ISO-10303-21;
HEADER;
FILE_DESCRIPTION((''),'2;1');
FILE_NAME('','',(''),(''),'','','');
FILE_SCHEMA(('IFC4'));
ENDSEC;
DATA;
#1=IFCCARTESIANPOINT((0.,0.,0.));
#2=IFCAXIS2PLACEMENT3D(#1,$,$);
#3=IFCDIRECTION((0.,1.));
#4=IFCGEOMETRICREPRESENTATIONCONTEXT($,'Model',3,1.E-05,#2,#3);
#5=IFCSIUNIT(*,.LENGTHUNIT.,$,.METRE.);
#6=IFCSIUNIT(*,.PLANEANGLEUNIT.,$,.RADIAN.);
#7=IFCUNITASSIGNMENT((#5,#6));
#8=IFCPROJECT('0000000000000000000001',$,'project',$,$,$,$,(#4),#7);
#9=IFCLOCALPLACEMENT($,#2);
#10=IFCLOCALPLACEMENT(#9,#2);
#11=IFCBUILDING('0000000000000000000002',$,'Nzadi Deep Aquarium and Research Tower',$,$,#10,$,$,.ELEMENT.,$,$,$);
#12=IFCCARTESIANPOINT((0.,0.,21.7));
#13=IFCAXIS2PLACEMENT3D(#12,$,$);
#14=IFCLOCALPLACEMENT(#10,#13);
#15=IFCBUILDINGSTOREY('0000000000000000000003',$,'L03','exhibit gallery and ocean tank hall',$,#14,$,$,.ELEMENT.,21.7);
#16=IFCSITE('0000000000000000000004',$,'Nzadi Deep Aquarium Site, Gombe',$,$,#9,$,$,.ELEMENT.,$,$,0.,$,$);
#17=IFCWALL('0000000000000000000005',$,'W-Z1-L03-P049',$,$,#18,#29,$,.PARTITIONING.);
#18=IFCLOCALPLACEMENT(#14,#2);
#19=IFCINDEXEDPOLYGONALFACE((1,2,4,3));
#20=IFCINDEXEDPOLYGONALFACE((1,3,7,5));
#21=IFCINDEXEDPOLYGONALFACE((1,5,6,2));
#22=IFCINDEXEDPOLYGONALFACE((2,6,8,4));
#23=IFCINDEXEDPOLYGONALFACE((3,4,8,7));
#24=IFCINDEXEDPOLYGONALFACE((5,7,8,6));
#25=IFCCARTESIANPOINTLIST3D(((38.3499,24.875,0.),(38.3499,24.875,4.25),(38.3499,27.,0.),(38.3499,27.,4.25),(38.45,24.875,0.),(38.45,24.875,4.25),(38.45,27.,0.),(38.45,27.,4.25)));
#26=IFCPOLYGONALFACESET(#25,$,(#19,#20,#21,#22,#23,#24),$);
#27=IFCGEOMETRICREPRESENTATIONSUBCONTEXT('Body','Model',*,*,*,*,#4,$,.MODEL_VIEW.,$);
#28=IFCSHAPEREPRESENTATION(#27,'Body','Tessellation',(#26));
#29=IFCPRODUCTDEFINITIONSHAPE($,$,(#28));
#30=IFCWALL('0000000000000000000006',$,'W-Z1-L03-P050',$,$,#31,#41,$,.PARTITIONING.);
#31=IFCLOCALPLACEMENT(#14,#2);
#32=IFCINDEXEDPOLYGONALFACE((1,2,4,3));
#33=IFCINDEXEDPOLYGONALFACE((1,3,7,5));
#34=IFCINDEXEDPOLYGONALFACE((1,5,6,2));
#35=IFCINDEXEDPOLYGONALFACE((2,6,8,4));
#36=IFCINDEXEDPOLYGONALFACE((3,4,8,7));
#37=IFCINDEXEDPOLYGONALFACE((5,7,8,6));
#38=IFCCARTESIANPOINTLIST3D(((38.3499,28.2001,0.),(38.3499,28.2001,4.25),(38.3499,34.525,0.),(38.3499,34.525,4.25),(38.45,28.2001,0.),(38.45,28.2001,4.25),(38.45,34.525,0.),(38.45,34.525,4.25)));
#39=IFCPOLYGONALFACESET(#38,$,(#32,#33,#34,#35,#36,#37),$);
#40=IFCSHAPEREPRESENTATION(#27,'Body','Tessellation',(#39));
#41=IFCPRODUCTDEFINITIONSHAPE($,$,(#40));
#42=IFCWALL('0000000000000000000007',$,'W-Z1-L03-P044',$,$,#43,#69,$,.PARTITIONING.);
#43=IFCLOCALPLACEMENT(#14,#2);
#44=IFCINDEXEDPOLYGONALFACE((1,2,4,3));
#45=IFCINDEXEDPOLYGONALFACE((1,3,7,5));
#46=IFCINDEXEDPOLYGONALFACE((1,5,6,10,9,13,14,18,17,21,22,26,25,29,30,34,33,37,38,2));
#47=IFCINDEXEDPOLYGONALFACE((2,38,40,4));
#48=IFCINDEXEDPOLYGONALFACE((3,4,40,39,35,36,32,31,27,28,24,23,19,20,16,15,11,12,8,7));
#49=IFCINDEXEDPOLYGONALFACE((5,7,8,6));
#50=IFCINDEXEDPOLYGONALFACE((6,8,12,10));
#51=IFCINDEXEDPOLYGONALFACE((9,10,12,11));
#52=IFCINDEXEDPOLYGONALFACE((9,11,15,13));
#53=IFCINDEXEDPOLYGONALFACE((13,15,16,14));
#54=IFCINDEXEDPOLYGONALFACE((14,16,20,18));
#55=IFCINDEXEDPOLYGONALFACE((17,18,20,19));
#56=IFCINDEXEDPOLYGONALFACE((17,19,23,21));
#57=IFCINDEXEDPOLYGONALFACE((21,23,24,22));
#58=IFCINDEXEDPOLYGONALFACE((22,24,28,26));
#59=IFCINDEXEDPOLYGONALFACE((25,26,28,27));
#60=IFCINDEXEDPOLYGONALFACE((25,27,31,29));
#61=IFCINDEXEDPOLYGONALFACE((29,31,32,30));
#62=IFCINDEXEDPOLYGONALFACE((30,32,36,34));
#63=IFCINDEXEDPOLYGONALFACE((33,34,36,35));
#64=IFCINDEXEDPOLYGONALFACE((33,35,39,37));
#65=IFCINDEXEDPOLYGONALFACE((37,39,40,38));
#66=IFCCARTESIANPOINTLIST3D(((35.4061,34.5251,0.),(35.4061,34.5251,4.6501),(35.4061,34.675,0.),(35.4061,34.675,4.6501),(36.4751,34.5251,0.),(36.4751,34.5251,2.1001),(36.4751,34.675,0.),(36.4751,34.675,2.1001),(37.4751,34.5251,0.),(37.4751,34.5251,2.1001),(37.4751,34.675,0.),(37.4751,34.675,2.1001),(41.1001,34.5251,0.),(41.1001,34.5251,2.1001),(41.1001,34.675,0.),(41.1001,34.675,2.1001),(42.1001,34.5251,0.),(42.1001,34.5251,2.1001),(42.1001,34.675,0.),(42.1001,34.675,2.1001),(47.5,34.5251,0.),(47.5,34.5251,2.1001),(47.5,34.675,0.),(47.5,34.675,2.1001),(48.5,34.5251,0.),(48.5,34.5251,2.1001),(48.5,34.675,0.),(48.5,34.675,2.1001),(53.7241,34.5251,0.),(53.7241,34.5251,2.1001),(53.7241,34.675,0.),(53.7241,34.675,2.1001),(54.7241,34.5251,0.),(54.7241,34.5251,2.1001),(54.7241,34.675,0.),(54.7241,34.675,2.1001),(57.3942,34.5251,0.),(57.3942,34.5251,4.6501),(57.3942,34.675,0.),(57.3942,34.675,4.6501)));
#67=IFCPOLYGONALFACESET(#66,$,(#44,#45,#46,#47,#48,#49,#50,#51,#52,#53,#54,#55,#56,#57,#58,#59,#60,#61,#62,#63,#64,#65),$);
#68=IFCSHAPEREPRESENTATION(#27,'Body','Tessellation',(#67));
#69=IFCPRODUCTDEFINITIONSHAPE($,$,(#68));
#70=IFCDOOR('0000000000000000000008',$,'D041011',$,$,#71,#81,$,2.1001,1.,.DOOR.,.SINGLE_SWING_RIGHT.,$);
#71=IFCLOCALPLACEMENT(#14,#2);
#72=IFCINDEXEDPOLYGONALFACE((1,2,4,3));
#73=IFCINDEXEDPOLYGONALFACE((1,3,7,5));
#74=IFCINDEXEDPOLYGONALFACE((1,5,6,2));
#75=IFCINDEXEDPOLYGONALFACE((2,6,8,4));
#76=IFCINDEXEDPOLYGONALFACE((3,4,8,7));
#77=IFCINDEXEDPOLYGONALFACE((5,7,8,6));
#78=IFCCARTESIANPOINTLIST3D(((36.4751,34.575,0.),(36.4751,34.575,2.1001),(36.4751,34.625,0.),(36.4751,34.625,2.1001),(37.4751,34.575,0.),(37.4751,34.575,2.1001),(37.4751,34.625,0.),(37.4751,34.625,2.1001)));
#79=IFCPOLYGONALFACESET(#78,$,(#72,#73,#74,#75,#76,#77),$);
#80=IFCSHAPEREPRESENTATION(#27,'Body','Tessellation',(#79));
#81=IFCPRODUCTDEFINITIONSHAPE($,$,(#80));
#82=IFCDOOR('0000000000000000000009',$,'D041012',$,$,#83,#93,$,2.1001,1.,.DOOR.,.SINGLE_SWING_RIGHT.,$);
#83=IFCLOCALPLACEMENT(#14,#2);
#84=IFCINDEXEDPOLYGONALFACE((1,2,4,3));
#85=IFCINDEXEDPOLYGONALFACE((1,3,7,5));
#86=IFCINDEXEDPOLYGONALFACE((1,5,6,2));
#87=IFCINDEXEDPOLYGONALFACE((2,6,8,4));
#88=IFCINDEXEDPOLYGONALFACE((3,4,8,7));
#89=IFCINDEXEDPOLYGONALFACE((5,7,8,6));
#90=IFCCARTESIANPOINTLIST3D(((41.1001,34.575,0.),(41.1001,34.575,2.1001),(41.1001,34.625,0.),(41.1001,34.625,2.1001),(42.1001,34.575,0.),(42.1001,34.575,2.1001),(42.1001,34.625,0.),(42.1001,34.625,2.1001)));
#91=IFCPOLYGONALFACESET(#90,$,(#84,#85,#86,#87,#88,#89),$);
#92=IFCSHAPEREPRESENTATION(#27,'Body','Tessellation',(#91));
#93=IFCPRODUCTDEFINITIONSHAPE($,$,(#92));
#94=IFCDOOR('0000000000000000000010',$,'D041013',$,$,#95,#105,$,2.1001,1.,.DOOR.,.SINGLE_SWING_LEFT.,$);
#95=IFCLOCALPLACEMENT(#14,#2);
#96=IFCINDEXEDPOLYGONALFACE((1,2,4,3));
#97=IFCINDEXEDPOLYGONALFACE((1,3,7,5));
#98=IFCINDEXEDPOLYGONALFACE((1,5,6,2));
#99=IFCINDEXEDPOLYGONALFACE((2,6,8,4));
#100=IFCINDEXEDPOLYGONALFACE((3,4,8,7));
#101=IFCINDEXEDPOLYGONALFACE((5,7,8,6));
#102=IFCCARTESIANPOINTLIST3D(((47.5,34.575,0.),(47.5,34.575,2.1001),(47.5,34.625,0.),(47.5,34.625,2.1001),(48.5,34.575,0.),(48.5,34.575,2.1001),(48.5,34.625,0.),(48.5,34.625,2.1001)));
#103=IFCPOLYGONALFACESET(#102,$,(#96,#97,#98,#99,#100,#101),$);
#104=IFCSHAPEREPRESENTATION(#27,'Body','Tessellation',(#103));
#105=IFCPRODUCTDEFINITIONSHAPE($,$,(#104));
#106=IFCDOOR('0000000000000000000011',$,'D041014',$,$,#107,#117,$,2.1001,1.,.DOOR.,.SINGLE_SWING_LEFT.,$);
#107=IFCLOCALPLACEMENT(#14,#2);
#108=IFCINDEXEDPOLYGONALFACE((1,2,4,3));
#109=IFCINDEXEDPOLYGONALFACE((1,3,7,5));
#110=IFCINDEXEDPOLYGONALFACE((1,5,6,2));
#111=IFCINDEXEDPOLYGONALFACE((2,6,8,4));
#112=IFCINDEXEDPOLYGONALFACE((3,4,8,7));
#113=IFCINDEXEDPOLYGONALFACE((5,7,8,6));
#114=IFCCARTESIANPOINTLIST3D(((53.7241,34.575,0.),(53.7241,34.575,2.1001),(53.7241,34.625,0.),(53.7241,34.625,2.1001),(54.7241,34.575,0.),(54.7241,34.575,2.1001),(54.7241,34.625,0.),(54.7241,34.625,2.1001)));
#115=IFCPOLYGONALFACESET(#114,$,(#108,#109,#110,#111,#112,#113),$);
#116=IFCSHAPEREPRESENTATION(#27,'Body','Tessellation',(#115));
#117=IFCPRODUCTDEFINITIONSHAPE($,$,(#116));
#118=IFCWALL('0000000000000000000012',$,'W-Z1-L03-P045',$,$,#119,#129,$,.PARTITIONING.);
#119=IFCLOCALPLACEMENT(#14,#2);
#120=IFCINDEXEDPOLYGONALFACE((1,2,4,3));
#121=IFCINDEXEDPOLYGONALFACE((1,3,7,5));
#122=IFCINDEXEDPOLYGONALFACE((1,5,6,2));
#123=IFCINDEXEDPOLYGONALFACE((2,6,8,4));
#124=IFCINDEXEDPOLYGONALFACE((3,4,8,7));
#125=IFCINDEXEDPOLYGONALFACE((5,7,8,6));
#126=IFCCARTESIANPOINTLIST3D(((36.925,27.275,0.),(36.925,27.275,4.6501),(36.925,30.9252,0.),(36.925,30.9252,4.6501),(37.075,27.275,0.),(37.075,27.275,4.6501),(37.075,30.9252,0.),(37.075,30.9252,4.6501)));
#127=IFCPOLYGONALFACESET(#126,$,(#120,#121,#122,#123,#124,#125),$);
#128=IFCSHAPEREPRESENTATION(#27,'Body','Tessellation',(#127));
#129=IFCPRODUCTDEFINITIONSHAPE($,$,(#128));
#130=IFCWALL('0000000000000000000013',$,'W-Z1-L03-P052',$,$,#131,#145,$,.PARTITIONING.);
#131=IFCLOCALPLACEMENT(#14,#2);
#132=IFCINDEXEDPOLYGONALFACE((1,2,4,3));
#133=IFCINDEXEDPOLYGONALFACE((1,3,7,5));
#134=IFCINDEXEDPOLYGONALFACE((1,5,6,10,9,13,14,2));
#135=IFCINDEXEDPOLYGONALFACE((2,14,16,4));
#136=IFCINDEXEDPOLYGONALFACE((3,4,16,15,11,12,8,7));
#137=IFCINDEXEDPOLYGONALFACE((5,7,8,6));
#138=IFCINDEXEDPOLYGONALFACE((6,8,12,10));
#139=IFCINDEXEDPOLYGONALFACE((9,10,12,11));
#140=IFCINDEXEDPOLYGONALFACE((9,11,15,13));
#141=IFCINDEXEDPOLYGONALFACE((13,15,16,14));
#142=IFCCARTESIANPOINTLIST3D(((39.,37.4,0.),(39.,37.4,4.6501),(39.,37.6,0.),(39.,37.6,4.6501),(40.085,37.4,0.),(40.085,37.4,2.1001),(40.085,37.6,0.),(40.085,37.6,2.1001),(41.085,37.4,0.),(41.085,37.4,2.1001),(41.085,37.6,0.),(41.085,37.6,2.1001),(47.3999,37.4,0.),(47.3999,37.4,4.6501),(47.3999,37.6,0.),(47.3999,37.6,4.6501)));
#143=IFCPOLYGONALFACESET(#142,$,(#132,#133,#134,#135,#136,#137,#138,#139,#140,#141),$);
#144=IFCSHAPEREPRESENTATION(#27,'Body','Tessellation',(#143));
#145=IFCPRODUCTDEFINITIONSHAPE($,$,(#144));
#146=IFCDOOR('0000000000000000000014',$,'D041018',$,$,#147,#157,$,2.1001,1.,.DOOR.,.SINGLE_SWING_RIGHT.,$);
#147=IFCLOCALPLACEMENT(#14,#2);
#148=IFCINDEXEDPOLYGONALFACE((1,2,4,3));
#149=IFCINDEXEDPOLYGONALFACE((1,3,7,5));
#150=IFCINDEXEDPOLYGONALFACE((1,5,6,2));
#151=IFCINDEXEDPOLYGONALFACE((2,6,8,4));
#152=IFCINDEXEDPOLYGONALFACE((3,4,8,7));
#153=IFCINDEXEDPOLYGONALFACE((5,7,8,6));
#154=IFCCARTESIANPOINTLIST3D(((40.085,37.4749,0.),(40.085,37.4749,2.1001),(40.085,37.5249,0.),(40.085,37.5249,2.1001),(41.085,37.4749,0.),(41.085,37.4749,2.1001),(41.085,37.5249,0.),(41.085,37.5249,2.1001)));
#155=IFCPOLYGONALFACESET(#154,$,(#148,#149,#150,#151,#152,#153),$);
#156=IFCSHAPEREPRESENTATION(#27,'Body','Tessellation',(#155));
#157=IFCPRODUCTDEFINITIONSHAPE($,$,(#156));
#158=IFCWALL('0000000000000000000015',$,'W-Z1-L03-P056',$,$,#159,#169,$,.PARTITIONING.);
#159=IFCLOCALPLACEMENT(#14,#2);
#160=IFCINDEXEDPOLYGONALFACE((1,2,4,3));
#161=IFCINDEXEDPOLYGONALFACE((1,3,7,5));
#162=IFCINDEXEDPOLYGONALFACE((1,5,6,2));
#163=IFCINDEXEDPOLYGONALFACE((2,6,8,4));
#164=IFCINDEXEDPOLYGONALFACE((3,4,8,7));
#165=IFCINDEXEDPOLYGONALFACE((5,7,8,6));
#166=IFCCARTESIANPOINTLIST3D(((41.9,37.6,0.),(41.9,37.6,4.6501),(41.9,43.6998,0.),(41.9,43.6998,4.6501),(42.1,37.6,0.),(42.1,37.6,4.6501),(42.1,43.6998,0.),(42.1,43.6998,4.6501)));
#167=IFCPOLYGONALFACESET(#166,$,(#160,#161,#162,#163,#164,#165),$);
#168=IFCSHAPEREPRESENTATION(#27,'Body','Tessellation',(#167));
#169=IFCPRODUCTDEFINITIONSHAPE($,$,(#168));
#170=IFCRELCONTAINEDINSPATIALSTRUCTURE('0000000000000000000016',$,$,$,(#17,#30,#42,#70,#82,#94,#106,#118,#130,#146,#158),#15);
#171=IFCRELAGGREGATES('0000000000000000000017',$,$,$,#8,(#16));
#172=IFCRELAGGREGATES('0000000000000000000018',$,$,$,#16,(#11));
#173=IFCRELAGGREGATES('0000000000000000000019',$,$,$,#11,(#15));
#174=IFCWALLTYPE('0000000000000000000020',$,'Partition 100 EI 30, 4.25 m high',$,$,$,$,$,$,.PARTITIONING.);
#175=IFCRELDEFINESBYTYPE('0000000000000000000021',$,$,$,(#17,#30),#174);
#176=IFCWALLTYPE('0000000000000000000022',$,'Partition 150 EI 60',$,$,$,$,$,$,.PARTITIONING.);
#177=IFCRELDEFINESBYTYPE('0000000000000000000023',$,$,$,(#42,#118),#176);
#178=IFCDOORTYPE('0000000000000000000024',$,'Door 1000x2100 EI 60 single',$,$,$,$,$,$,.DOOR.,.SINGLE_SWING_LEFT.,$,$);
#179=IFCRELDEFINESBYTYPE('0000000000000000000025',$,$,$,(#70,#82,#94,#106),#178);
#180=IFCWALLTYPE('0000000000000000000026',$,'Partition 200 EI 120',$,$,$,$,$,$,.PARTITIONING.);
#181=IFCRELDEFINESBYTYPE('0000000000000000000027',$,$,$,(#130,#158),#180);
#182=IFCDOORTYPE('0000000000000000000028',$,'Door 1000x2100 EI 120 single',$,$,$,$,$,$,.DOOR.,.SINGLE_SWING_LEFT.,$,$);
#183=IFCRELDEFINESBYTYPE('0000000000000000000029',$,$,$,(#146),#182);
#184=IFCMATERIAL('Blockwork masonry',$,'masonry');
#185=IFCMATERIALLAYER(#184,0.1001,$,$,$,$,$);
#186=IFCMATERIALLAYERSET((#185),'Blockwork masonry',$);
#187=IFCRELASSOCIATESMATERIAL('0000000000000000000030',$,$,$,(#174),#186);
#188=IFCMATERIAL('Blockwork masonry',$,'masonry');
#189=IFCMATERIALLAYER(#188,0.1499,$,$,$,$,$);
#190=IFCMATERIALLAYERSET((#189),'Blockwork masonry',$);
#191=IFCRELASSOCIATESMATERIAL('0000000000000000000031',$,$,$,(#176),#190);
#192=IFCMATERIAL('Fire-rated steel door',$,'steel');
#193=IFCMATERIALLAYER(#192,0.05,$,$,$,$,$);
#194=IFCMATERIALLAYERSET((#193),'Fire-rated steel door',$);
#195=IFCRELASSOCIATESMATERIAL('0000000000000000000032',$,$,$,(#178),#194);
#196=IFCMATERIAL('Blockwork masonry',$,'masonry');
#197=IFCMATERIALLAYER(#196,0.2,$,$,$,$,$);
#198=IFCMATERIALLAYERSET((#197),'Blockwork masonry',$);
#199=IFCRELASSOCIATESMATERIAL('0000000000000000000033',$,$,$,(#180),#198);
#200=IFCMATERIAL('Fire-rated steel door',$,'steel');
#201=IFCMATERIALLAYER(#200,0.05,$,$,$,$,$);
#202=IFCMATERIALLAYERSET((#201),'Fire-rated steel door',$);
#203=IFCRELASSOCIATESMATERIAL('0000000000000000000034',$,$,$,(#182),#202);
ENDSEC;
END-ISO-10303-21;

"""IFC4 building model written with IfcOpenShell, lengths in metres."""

from ifc_helpers import new_model, si_unit, direction, frame, frame_2d, origin, place, context, subcontext, project, spatial, rectangle, extrude, material, layer, layer_set, type_object, element, fill, save


model = new_model("IFC4")

# Units and contexts
model_context = context("Model", 3, precision=1e-05, world=origin(), true_north=direction((0.0, 1.0)))
body_context = subcontext(model_context, "Body", "Model", "MODEL_VIEW")
ifc_project = project(units=[si_unit("LENGTHUNIT", "METRE"), si_unit("PLANEANGLEUNIT", "RADIAN")], contexts=[model_context])

# Site, building, storey
site_placement = place(None, origin())
site = spatial("IfcSite", under=ifc_project, at=site_placement, Name="Nzadi Deep Aquarium Site, Gombe", CompositionType="ELEMENT", RefElevation=0.0)
building_placement = place(site_placement, origin())
building = spatial("IfcBuilding", under=site, at=building_placement, Name="Nzadi Deep Aquarium and Research Tower", CompositionType="ELEMENT")
storey_placement = place(building_placement, frame((0.0, 0.0, 21.7)))
storey = spatial("IfcBuildingStorey", under=building, at=storey_placement, Name="L03", Description="exhibit gallery and ocean tank hall", CompositionType="ELEMENT", Elevation=21.7)

# Walls
ifc_material_1 = material(Name="Blockwork masonry", Category="masonry")
ifc_layer_1 = layer(ifc_material_1, 0.1001)
ifc_layer_set_1 = layer_set([ifc_layer_1], Name="Blockwork masonry")
wall_type_1 = type_object("IfcWallType", Name="Partition 100 EI 30, 4.25 m high", PredefinedType="PARTITIONING", material=ifc_layer_set_1)
wall_1_placement = place(storey_placement, frame((38.3999, 24.875, 0.0), z_axis=(0.0, 0.0, 1.0), x_axis=(0.0, 1.0, 0.0)))
element("IfcWall", 1, at=wall_1_placement, inside=storey, type_object=wall_type_1, Name="W-Z1-L03-P049", PredefinedType="PARTITIONING", context=body_context, shape_type="SweptSolid", body=[
    extrude(rectangle(XDim=2.125, YDim=0.1001, at=frame_2d((1.0625, 0.0))), origin(), (0.0, 0.0, 1.0), 4.25),
])
wall_2_placement = place(storey_placement, frame((38.3999, 28.2, 0.0), z_axis=(0.0, 0.0, 1.0), x_axis=(0.0, 1.0, 0.0)))
element("IfcWall", 2, at=wall_2_placement, inside=storey, type_object=wall_type_1, Name="W-Z1-L03-P050", PredefinedType="PARTITIONING", context=body_context, shape_type="SweptSolid", body=[
    extrude(rectangle(XDim=6.325, YDim=0.1001, at=frame_2d((3.1626, 0.0))), origin(), (0.0, 0.0, 1.0), 4.25),
])

# Wall, openings, doors
ifc_material_2 = material(Name="Blockwork masonry", Category="masonry")
ifc_layer_2 = layer(ifc_material_2, 0.1499)
ifc_layer_set_2 = layer_set([ifc_layer_2], Name="Blockwork masonry")
wall_type_2 = type_object("IfcWallType", Name="Partition 150 EI 60", PredefinedType="PARTITIONING", material=ifc_layer_set_2)
wall_3_placement = place(storey_placement, frame((35.406, 34.6001, 0.0), z_axis=(0.0, 0.0, 1.0), x_axis=(1.0, 0.0, 0.0)))
wall_3 = element("IfcWall", 3, at=wall_3_placement, inside=storey, type_object=wall_type_2, Name="W-Z1-L03-P044", PredefinedType="PARTITIONING", context=body_context, shape_type="SweptSolid", body=[
    extrude(rectangle(XDim=21.988, YDim=0.1499, at=frame_2d((10.9941, 0.0))), origin(), (0.0, 0.0, 1.0), 4.6501),
])
opening_1_placement = place(wall_3_placement, frame((1.0691, 0.0, 0.0)))
opening_1 = element("IfcOpeningElement", 4, at=opening_1_placement, cuts=wall_3, PredefinedType="OPENING", context=body_context, shape_type="SweptSolid", body=[
    extrude(rectangle(XDim=1.0, YDim=2.1001, at=frame_2d((0.5, 1.05))), frame((0.0, 0.085, 0.0), z_axis=(0.0, -1.0, 0.0), x_axis=(1.0, 0.0, 0.0)), (0.0, 0.0, 1.0), 0.1699),
])
opening_2_placement = place(wall_3_placement, frame((5.6941, 0.0, 0.0)))
opening_2 = element("IfcOpeningElement", 5, at=opening_2_placement, cuts=wall_3, PredefinedType="OPENING", context=body_context, shape_type="SweptSolid", body=[
    extrude(rectangle(XDim=1.0, YDim=2.1001, at=frame_2d((0.5, 1.05))), frame((0.0, 0.085, 0.0), z_axis=(0.0, -1.0, 0.0), x_axis=(1.0, 0.0, 0.0)), (0.0, 0.0, 1.0), 0.1699),
])
opening_3_placement = place(wall_3_placement, frame((12.094, 0.0, 0.0)))
opening_3 = element("IfcOpeningElement", 6, at=opening_3_placement, cuts=wall_3, PredefinedType="OPENING", context=body_context, shape_type="SweptSolid", body=[
    extrude(rectangle(XDim=1.0, YDim=2.1001, at=frame_2d((0.5, 1.05))), frame((0.0, 0.085, 0.0), z_axis=(0.0, -1.0, 0.0), x_axis=(1.0, 0.0, 0.0)), (0.0, 0.0, 1.0), 0.1699),
])
opening_4_placement = place(wall_3_placement, frame((18.3181, 0.0, 0.0)))
opening_4 = element("IfcOpeningElement", 7, at=opening_4_placement, cuts=wall_3, PredefinedType="OPENING", context=body_context, shape_type="SweptSolid", body=[
    extrude(rectangle(XDim=1.0, YDim=2.1001, at=frame_2d((0.5, 1.05))), frame((0.0, 0.085, 0.0), z_axis=(0.0, -1.0, 0.0), x_axis=(1.0, 0.0, 0.0)), (0.0, 0.0, 1.0), 0.1699),
])
ifc_material_3 = material(Name="Fire-rated steel door", Category="steel")
ifc_layer_3 = layer(ifc_material_3, 0.05)
ifc_layer_set_3 = layer_set([ifc_layer_3], Name="Fire-rated steel door")
door_type_1 = type_object("IfcDoorType", Name="Door 1000x2100 EI 60 single", OperationType="SINGLE_SWING_LEFT", PredefinedType="DOOR", material=ifc_layer_set_3)
door_1_placement = place(opening_1_placement, origin())
door_1 = element("IfcDoor", 8, at=door_1_placement, inside=storey, type_object=door_type_1, Name="D041011", OperationType="SINGLE_SWING_RIGHT", OverallHeight=2.1001, OverallWidth=1.0, PredefinedType="DOOR", context=body_context, shape_type="SweptSolid", body=[
    extrude(rectangle(XDim=1.0, YDim=2.1001, at=frame_2d((0.5, 1.05))), frame((0.0, 0.0249, 0.0), z_axis=(0.0, -1.0, 0.0), x_axis=(1.0, 0.0, 0.0)), (0.0, 0.0, 1.0), 0.05),
])
fill(opening_1, door_1)
door_2_placement = place(opening_2_placement, origin())
door_2 = element("IfcDoor", 9, at=door_2_placement, inside=storey, type_object=door_type_1, Name="D041012", OperationType="SINGLE_SWING_RIGHT", OverallHeight=2.1001, OverallWidth=1.0, PredefinedType="DOOR", context=body_context, shape_type="SweptSolid", body=[
    extrude(rectangle(XDim=1.0, YDim=2.1001, at=frame_2d((0.5, 1.05))), frame((0.0, 0.0249, 0.0), z_axis=(0.0, -1.0, 0.0), x_axis=(1.0, 0.0, 0.0)), (0.0, 0.0, 1.0), 0.05),
])
fill(opening_2, door_2)
door_3_placement = place(opening_3_placement, origin())
door_3 = element("IfcDoor", 10, at=door_3_placement, inside=storey, type_object=door_type_1, Name="D041013", OperationType="SINGLE_SWING_LEFT", OverallHeight=2.1001, OverallWidth=1.0, PredefinedType="DOOR", context=body_context, shape_type="SweptSolid", body=[
    extrude(rectangle(XDim=1.0, YDim=2.1001, at=frame_2d((0.5, 1.05))), frame((0.0, 0.0249, 0.0), z_axis=(0.0, -1.0, 0.0), x_axis=(1.0, 0.0, 0.0)), (0.0, 0.0, 1.0), 0.05),
])
fill(opening_3, door_3)
door_4_placement = place(opening_4_placement, origin())
door_4 = element("IfcDoor", 11, at=door_4_placement, inside=storey, type_object=door_type_1, Name="D041014", OperationType="SINGLE_SWING_LEFT", OverallHeight=2.1001, OverallWidth=1.0, PredefinedType="DOOR", context=body_context, shape_type="SweptSolid", body=[
    extrude(rectangle(XDim=1.0, YDim=2.1001, at=frame_2d((0.5, 1.05))), frame((0.0, 0.0249, 0.0), z_axis=(0.0, -1.0, 0.0), x_axis=(1.0, 0.0, 0.0)), (0.0, 0.0, 1.0), 0.05),
])
fill(opening_4, door_4)

# Wall
wall_4_placement = place(storey_placement, frame((37.0, 27.2749, 0.0), z_axis=(0.0, 0.0, 1.0), x_axis=(0.0, 1.0, 0.0)))
element("IfcWall", 12, at=wall_4_placement, inside=storey, type_object=wall_type_2, Name="W-Z1-L03-P045", PredefinedType="PARTITIONING", context=body_context, shape_type="SweptSolid", body=[
    extrude(rectangle(XDim=3.6501, YDim=0.1499, at=frame_2d((1.8252, 0.0))), origin(), (0.0, 0.0, 1.0), 4.6501),
])

# Wall, opening, door
ifc_material_4 = material(Name="Blockwork masonry", Category="masonry")
ifc_layer_4 = layer(ifc_material_4, 0.2)
ifc_layer_set_4 = layer_set([ifc_layer_4], Name="Blockwork masonry")
wall_type_3 = type_object("IfcWallType", Name="Partition 200 EI 120", PredefinedType="PARTITIONING", material=ifc_layer_set_4)
wall_5_placement = place(storey_placement, frame((39.0, 37.5, 0.0), z_axis=(0.0, 0.0, 1.0), x_axis=(1.0, 0.0, 0.0)))
wall_5 = element("IfcWall", 13, at=wall_5_placement, inside=storey, type_object=wall_type_3, Name="W-Z1-L03-P052", PredefinedType="PARTITIONING", context=body_context, shape_type="SweptSolid", body=[
    extrude(rectangle(XDim=8.3999, YDim=0.2, at=frame_2d((4.2, 0.0))), origin(), (0.0, 0.0, 1.0), 4.6501),
])
opening_5_placement = place(wall_5_placement, frame((1.085, 0.0, 0.0)))
opening_5 = element("IfcOpeningElement", 14, at=opening_5_placement, cuts=wall_5, PredefinedType="OPENING", context=body_context, shape_type="SweptSolid", body=[
    extrude(rectangle(XDim=1.0, YDim=2.1001, at=frame_2d((0.5, 1.05))), frame((0.0, 0.1101, 0.0), z_axis=(0.0, -1.0, 0.0), x_axis=(1.0, 0.0, 0.0)), (0.0, 0.0, 1.0), 0.2202),
])
ifc_material_5 = material(Name="Fire-rated steel door", Category="steel")
ifc_layer_5 = layer(ifc_material_5, 0.05)
ifc_layer_set_5 = layer_set([ifc_layer_5], Name="Fire-rated steel door")
door_type_2 = type_object("IfcDoorType", Name="Door 1000x2100 EI 120 single", OperationType="SINGLE_SWING_LEFT", PredefinedType="DOOR", material=ifc_layer_set_5)
door_5_placement = place(opening_5_placement, origin())
door_5 = element("IfcDoor", 15, at=door_5_placement, inside=storey, type_object=door_type_2, Name="D041018", OperationType="SINGLE_SWING_RIGHT", OverallHeight=2.1001, OverallWidth=1.0, PredefinedType="DOOR", context=body_context, shape_type="SweptSolid", body=[
    extrude(rectangle(XDim=1.0, YDim=2.1001, at=frame_2d((0.5, 1.05))), frame((0.0, 0.0249, 0.0), z_axis=(0.0, -1.0, 0.0), x_axis=(1.0, 0.0, 0.0)), (0.0, 0.0, 1.0), 0.05),
])
fill(opening_5, door_5)

# Wall
wall_6_placement = place(storey_placement, frame((42.0, 37.6001, 0.0), z_axis=(0.0, 0.0, 1.0), x_axis=(0.0, 1.0, 0.0)))
element("IfcWall", 16, at=wall_6_placement, inside=storey, type_object=wall_type_3, Name="W-Z1-L03-P056", PredefinedType="PARTITIONING", context=body_context, shape_type="SweptSolid", body=[
    extrude(rectangle(XDim=6.0999, YDim=0.2, at=frame_2d((3.0498, 0.0))), origin(), (0.0, 0.0, 1.0), 4.6501),
])

save(model, "model.ifc")
